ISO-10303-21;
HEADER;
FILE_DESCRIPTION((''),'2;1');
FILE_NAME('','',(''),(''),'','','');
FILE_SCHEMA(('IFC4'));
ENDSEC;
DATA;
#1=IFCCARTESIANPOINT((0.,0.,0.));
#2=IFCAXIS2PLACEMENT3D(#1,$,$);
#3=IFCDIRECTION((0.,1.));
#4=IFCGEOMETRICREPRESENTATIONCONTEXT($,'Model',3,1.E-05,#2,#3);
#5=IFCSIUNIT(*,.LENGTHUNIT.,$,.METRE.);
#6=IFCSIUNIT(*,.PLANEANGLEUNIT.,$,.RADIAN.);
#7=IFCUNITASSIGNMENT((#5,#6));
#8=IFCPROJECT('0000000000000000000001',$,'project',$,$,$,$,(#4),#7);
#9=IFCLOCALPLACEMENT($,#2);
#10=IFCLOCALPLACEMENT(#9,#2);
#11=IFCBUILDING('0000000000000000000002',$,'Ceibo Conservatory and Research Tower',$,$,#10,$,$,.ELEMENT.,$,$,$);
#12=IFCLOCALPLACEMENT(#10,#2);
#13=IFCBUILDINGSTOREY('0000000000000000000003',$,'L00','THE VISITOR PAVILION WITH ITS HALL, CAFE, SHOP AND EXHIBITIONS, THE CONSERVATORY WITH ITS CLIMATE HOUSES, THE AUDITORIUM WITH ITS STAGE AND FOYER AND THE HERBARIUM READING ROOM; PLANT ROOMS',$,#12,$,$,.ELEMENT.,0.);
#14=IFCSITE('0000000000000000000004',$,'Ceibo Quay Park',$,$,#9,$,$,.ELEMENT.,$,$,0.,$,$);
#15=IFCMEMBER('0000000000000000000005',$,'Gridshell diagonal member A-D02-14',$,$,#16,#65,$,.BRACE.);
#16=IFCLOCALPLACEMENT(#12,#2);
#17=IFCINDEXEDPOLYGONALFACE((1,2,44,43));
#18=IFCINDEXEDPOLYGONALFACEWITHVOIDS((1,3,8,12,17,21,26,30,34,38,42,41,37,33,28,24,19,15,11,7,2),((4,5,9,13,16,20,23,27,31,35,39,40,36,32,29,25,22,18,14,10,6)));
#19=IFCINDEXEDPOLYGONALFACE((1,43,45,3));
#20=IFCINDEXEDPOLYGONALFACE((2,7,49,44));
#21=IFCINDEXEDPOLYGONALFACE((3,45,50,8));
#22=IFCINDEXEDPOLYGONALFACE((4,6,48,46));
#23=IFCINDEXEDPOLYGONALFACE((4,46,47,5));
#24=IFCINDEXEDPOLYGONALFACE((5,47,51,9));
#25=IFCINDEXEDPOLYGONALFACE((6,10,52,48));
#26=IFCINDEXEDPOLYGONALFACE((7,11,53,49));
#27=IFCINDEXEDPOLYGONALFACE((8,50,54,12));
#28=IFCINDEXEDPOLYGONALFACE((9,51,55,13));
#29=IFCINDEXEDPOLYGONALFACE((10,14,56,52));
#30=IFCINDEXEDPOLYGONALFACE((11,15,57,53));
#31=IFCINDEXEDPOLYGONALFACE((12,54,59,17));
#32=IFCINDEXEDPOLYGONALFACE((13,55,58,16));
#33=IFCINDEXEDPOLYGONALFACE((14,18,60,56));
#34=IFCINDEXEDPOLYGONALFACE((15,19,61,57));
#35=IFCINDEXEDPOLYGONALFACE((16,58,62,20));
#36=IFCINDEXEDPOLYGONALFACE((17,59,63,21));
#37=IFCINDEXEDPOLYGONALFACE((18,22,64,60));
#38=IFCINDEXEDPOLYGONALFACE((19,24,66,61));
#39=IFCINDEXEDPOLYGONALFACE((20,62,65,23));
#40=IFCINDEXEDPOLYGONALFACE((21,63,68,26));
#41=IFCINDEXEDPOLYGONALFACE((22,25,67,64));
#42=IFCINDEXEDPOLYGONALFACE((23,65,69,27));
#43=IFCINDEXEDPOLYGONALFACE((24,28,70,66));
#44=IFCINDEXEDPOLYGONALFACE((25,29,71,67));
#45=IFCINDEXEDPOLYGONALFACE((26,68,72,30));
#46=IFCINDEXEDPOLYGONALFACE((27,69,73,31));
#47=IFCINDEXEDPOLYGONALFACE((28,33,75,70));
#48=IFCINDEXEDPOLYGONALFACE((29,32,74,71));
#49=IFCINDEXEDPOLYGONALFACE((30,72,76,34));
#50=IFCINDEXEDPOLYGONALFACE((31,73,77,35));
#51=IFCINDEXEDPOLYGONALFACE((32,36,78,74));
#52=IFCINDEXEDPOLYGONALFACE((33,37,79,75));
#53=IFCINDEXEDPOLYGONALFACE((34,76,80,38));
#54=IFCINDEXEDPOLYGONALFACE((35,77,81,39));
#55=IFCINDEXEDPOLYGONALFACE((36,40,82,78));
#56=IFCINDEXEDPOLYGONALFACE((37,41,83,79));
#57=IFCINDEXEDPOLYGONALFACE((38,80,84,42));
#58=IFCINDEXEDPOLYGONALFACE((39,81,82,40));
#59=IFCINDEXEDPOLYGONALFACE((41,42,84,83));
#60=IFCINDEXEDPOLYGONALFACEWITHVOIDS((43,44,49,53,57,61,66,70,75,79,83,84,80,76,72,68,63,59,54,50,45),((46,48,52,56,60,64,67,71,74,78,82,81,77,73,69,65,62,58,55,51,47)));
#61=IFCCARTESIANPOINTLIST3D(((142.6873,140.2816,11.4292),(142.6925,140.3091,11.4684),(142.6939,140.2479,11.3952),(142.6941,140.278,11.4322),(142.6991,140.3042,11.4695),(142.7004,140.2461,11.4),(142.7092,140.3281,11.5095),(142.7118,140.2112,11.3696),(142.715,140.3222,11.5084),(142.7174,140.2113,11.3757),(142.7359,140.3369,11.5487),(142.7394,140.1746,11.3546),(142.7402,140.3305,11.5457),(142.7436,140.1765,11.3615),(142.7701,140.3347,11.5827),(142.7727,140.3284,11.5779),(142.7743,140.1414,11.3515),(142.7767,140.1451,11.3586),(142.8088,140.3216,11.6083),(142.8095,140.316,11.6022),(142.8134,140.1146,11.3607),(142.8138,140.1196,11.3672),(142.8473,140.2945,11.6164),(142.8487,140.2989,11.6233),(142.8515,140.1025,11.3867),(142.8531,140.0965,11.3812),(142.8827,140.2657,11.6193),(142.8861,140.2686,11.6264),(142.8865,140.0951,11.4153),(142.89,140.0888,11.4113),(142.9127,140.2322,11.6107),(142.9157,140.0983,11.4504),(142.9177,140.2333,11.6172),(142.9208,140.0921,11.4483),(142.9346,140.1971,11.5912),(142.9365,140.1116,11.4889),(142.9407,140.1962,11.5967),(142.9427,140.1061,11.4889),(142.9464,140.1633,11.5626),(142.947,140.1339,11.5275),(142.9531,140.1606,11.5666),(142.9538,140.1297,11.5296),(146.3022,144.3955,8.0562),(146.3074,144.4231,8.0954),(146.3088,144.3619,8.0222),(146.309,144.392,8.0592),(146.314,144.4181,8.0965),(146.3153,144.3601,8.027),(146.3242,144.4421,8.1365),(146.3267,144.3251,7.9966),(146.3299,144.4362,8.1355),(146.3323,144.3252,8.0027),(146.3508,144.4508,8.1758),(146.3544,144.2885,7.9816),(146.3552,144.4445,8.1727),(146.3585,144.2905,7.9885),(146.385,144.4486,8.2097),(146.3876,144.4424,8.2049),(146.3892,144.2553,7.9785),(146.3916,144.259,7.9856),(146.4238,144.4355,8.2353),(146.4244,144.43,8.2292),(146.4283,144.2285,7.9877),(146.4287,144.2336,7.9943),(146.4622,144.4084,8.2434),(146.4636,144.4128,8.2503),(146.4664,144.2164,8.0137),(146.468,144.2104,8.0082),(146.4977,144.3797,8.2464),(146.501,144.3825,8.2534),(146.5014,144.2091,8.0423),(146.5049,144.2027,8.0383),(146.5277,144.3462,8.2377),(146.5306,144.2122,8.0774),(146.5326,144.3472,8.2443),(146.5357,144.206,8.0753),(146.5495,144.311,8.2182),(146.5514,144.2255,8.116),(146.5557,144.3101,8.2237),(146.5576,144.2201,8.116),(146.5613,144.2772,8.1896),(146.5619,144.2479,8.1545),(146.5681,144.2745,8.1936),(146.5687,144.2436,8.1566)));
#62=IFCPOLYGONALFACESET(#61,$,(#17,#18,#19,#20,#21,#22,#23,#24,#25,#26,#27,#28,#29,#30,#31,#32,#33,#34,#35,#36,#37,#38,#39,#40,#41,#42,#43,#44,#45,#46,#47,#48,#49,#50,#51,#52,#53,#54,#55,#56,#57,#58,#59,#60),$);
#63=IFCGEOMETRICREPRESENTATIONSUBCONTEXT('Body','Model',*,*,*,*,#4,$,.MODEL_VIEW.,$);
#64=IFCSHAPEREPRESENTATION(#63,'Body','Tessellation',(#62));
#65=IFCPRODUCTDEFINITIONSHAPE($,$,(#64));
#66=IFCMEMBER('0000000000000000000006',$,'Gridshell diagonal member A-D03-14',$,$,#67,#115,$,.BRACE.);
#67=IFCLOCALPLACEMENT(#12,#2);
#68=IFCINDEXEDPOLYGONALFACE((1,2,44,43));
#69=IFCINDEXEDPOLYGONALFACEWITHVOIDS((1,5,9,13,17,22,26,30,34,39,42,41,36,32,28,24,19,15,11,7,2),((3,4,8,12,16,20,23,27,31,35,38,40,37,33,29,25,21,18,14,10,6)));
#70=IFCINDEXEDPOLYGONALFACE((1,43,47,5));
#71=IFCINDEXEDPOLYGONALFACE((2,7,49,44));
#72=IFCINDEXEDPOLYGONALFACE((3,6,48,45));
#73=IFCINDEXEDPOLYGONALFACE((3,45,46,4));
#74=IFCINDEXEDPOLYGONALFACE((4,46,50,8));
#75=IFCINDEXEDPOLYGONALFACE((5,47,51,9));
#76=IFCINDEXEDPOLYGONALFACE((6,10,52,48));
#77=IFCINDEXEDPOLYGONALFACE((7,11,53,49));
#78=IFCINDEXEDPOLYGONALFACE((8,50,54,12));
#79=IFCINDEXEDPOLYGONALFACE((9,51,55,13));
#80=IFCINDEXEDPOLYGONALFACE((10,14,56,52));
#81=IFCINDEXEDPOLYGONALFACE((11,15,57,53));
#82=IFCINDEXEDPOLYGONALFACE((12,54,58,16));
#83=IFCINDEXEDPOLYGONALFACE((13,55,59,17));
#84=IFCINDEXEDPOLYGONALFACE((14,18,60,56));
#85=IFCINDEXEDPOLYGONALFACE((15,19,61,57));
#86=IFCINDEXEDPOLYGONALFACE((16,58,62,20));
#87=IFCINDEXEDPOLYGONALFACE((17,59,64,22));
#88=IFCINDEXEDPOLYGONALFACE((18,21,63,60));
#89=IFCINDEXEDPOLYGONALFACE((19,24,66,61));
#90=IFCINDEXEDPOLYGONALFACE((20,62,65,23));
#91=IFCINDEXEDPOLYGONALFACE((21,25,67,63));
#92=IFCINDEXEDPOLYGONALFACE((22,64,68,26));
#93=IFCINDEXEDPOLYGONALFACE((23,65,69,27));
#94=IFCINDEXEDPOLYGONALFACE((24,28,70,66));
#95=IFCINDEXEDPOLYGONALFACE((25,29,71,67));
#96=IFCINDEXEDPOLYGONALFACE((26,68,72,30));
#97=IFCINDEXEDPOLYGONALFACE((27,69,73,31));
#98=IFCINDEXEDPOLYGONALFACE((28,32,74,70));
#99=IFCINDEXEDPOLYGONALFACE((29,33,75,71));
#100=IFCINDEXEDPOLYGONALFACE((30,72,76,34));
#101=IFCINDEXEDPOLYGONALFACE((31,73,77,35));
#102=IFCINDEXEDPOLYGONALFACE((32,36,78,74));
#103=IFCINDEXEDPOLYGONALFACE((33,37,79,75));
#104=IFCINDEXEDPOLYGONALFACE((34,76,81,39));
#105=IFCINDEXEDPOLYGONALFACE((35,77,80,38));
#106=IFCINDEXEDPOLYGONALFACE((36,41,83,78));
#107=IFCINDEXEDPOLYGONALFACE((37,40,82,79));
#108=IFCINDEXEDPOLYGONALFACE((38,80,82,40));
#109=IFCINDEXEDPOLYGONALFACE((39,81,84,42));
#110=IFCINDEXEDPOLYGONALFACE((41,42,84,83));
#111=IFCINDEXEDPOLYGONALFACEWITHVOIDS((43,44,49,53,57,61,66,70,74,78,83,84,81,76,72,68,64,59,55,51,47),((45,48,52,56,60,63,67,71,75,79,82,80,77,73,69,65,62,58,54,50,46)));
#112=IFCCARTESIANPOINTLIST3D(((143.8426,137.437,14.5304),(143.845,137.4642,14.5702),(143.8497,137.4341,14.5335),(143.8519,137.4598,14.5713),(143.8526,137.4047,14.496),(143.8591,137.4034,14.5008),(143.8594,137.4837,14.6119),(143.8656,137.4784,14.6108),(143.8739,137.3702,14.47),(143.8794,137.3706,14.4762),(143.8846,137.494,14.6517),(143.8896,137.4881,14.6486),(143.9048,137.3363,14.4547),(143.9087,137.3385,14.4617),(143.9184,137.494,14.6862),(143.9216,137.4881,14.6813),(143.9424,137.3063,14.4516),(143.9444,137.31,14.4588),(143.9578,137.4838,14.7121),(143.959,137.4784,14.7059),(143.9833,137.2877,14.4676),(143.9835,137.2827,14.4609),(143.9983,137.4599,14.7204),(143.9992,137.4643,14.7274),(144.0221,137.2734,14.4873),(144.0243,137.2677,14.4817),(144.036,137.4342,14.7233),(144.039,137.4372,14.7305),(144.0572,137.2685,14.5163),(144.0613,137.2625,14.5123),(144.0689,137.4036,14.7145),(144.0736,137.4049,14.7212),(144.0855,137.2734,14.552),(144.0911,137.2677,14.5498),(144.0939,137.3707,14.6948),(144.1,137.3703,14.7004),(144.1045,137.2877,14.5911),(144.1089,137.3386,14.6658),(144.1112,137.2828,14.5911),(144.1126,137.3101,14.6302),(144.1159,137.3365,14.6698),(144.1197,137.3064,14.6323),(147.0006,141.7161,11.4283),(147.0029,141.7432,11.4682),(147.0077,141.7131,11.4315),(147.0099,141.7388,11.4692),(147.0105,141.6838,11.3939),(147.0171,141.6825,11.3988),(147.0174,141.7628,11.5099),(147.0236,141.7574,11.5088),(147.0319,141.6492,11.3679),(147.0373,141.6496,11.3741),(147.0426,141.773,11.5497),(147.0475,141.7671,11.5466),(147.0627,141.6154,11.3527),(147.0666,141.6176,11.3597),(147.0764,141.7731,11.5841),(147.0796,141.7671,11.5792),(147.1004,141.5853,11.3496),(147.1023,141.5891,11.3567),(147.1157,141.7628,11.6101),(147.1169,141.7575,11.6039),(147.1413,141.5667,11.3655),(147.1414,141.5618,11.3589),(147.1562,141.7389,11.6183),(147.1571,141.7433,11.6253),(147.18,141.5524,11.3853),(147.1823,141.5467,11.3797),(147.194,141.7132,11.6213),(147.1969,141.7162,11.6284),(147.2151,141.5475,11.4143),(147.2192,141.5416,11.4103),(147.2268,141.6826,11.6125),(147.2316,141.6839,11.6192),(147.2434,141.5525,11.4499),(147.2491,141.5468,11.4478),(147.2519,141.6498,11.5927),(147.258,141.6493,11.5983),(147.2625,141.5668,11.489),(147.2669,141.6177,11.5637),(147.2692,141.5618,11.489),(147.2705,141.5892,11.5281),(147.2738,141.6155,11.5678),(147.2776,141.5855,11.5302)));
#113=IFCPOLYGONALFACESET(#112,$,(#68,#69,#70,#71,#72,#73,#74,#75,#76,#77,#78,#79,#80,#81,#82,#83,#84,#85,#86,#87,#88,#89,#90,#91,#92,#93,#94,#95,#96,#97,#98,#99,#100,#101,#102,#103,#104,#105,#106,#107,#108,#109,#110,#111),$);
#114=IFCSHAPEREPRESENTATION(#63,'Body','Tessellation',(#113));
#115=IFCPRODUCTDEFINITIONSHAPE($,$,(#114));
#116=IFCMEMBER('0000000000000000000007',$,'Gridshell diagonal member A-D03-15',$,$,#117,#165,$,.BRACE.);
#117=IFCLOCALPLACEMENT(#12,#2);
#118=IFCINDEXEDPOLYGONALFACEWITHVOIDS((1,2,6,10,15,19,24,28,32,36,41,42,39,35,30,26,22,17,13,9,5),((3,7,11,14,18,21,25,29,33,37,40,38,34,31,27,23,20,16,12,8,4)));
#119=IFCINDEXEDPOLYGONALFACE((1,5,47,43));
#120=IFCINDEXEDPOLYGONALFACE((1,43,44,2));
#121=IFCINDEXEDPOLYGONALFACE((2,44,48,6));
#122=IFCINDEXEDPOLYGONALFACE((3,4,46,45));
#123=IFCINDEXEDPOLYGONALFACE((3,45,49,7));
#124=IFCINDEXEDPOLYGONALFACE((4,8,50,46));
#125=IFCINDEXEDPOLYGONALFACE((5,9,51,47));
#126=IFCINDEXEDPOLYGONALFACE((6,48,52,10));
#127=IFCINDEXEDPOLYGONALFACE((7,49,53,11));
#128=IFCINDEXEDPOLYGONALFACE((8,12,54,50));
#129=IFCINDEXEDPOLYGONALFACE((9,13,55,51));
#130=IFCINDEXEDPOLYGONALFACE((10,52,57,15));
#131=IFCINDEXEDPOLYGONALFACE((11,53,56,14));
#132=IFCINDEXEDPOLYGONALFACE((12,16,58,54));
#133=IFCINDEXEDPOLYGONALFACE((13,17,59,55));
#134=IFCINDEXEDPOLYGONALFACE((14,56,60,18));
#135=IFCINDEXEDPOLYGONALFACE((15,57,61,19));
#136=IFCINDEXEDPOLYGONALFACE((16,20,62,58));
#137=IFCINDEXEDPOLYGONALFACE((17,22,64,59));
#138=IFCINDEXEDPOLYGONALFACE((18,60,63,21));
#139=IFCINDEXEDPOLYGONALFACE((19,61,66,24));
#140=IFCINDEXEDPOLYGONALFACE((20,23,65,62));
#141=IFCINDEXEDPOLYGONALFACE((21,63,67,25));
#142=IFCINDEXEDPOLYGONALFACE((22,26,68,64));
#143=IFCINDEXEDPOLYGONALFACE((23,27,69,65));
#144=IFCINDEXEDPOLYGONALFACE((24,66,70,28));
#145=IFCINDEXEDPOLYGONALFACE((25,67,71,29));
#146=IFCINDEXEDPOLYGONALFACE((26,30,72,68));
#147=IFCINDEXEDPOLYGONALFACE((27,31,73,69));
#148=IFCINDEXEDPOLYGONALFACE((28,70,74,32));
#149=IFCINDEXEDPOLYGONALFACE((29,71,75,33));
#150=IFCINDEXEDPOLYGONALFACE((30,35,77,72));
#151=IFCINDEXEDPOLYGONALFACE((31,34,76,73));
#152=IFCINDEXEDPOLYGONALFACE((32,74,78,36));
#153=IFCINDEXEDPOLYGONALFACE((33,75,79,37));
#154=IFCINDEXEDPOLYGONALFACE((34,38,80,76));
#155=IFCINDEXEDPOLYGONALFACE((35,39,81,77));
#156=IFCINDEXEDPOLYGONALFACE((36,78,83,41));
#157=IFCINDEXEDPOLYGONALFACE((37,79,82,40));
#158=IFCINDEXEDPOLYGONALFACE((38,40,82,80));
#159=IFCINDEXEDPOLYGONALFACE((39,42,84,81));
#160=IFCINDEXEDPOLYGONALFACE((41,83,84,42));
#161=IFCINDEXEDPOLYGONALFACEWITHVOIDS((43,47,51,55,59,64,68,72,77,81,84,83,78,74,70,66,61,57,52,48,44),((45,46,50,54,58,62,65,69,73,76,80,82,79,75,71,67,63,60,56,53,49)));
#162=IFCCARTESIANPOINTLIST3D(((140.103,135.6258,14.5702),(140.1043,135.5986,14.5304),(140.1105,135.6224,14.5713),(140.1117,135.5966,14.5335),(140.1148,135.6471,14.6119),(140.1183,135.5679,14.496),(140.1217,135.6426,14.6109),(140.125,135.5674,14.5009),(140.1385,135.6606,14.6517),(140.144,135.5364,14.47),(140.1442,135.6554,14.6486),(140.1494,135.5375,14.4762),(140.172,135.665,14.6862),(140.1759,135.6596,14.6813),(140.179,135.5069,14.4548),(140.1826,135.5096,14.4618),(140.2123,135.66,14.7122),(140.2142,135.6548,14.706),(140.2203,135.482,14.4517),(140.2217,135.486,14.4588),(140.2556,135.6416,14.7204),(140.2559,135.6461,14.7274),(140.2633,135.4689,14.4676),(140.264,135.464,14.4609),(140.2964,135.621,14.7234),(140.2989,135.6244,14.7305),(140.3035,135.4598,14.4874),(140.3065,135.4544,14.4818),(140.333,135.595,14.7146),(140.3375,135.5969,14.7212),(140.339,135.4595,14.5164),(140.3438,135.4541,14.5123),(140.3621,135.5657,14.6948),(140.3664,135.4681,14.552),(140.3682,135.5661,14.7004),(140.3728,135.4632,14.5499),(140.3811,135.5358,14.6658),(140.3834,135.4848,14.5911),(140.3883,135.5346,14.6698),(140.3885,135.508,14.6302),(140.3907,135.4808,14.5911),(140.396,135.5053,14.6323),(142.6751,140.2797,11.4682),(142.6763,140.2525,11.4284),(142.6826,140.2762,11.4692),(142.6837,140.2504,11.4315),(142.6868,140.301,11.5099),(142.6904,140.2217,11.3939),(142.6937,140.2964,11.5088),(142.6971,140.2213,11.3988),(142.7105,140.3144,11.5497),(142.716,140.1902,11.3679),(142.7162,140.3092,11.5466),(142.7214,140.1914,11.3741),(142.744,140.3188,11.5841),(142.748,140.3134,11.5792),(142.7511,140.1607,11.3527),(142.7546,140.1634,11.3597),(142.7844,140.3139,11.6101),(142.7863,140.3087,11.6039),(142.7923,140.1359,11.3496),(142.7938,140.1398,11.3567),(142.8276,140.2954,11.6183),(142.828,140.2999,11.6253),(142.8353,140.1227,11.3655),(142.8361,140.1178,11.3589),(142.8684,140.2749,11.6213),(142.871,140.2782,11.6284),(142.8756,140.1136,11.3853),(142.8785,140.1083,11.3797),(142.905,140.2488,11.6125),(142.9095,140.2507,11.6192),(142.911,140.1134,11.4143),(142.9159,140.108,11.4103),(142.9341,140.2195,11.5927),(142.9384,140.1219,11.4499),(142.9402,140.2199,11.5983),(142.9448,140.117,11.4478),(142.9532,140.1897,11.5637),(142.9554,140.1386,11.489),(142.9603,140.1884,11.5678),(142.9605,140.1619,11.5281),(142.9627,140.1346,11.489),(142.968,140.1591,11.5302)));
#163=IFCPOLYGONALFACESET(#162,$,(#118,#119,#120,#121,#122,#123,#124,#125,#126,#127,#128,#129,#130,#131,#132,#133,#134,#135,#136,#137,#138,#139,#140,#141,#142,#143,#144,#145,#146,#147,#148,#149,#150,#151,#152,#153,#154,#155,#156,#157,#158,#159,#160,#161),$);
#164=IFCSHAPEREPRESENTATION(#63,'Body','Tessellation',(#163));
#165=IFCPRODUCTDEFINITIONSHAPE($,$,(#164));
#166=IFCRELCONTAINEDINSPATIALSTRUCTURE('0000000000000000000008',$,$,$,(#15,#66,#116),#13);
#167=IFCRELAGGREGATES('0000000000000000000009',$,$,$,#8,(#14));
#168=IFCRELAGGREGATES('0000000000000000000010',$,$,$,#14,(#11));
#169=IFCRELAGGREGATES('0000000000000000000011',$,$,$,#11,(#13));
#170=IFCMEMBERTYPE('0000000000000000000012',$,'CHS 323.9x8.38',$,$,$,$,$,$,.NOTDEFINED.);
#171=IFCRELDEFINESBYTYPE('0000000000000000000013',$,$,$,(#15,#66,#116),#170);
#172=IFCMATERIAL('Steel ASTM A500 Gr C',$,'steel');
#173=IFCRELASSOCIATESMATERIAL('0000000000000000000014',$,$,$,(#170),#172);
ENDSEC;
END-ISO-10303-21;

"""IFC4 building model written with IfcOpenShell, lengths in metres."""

from ifc_helpers import new_model, si_unit, direction, frame, origin, origin_2d, place, context, subcontext, project, spatial, hollow_circle, extrude, material, material_profile, profile_set, type_object, element, save


model = new_model("IFC4")

# Units and contexts
model_context = context("Model", 3, precision=1e-05, world=origin(), true_north=direction((0.0, 1.0)))
body_context = subcontext(model_context, "Body", "Model", "MODEL_VIEW")
ifc_project = project(units=[si_unit("LENGTHUNIT", "METRE"), si_unit("PLANEANGLEUNIT", "RADIAN")], contexts=[model_context])

# Site, building, storey
site_placement = place(None, origin())
site = spatial("IfcSite", under=ifc_project, at=site_placement, Name="Ceibo Quay Park", CompositionType="ELEMENT", RefElevation=0.0)
building_placement = place(site_placement, origin())
building = spatial("IfcBuilding", under=site, at=building_placement, Name="Ceibo Conservatory and Research Tower", CompositionType="ELEMENT")
storey_placement = place(building_placement, origin())
storey = spatial("IfcBuildingStorey", under=building, at=storey_placement, Name="L00", Description="THE VISITOR PAVILION WITH ITS HALL, CAFE, SHOP AND EXHIBITIONS, THE CONSERVATORY WITH ITS CLIMATE HOUSES, THE AUDITORIUM WITH ITS STAGE AND FOYER AND THE HERBARIUM READING ROOM; PLANT ROOMS", CompositionType="ELEMENT", Elevation=0.0)

# Members
ifc_material_1 = material(Name="Steel ASTM A500 Gr C", Category="steel")
ifc_material_profile_1 = material_profile(ifc_material_1, hollow_circle(Radius=0.1619, WallThickness=0.0083, at=origin_2d()), Name="CHS 323.9x8.38")
ifc_profile_set_1 = profile_set([ifc_material_profile_1], Name="Steel ASTM A500 Gr C")
member_type_1 = type_object("IfcMemberType", Name="CHS 323.9x8.38", PredefinedType="NOTDEFINED", material=ifc_profile_set_1)
member_1_placement = place(storey_placement, frame((146.436, 144.3269, 8.116), z_axis=(-0.562031, -0.639616, 0.524416), x_axis=(0.751197, -0.660078, 0.0)))
element("IfcMember", 1, at=member_1_placement, inside=storey, type_object=member_type_1, Name="Gridshell diagonal member A-D02-14", PredefinedType="BRACE", context=body_context, shape_type="SweptSolid", body=[
    extrude(hollow_circle(Radius=0.1619, WallThickness=0.0083, at=origin_2d()), origin(), (0.0, 0.0, 1.0), 6.4319),
])
member_2_placement = place(storey_placement, frame((147.1389, 141.658, 11.489), z_axis=(-0.512925, -0.695017, 0.503845), x_axis=(0.804609, -0.593805, 0.0)))
element("IfcMember", 2, at=member_2_placement, inside=storey, type_object=member_type_1, Name="Gridshell diagonal member A-D03-14", PredefinedType="BRACE", context=body_context, shape_type="SweptSolid", body=[
    extrude(hollow_circle(Radius=0.1619, WallThickness=0.0083, at=origin_2d()), origin(), (0.0, 0.0, 1.0), 6.1567),
])
member_3_placement = place(storey_placement, frame((142.821, 140.2129, 11.489), z_axis=(-0.417809, -0.755983, 0.503909), x_axis=(0.875227, -0.483712, 0.0)))
element("IfcMember", 3, at=member_3_placement, inside=storey, type_object=member_type_1, Name="Gridshell diagonal member A-D03-15", PredefinedType="BRACE", context=body_context, shape_type="SweptSolid", body=[
    extrude(hollow_circle(Radius=0.1619, WallThickness=0.0083, at=origin_2d()), origin(), (0.0, 0.0, 1.0), 6.156),
])

save(model, "model.ifc")
